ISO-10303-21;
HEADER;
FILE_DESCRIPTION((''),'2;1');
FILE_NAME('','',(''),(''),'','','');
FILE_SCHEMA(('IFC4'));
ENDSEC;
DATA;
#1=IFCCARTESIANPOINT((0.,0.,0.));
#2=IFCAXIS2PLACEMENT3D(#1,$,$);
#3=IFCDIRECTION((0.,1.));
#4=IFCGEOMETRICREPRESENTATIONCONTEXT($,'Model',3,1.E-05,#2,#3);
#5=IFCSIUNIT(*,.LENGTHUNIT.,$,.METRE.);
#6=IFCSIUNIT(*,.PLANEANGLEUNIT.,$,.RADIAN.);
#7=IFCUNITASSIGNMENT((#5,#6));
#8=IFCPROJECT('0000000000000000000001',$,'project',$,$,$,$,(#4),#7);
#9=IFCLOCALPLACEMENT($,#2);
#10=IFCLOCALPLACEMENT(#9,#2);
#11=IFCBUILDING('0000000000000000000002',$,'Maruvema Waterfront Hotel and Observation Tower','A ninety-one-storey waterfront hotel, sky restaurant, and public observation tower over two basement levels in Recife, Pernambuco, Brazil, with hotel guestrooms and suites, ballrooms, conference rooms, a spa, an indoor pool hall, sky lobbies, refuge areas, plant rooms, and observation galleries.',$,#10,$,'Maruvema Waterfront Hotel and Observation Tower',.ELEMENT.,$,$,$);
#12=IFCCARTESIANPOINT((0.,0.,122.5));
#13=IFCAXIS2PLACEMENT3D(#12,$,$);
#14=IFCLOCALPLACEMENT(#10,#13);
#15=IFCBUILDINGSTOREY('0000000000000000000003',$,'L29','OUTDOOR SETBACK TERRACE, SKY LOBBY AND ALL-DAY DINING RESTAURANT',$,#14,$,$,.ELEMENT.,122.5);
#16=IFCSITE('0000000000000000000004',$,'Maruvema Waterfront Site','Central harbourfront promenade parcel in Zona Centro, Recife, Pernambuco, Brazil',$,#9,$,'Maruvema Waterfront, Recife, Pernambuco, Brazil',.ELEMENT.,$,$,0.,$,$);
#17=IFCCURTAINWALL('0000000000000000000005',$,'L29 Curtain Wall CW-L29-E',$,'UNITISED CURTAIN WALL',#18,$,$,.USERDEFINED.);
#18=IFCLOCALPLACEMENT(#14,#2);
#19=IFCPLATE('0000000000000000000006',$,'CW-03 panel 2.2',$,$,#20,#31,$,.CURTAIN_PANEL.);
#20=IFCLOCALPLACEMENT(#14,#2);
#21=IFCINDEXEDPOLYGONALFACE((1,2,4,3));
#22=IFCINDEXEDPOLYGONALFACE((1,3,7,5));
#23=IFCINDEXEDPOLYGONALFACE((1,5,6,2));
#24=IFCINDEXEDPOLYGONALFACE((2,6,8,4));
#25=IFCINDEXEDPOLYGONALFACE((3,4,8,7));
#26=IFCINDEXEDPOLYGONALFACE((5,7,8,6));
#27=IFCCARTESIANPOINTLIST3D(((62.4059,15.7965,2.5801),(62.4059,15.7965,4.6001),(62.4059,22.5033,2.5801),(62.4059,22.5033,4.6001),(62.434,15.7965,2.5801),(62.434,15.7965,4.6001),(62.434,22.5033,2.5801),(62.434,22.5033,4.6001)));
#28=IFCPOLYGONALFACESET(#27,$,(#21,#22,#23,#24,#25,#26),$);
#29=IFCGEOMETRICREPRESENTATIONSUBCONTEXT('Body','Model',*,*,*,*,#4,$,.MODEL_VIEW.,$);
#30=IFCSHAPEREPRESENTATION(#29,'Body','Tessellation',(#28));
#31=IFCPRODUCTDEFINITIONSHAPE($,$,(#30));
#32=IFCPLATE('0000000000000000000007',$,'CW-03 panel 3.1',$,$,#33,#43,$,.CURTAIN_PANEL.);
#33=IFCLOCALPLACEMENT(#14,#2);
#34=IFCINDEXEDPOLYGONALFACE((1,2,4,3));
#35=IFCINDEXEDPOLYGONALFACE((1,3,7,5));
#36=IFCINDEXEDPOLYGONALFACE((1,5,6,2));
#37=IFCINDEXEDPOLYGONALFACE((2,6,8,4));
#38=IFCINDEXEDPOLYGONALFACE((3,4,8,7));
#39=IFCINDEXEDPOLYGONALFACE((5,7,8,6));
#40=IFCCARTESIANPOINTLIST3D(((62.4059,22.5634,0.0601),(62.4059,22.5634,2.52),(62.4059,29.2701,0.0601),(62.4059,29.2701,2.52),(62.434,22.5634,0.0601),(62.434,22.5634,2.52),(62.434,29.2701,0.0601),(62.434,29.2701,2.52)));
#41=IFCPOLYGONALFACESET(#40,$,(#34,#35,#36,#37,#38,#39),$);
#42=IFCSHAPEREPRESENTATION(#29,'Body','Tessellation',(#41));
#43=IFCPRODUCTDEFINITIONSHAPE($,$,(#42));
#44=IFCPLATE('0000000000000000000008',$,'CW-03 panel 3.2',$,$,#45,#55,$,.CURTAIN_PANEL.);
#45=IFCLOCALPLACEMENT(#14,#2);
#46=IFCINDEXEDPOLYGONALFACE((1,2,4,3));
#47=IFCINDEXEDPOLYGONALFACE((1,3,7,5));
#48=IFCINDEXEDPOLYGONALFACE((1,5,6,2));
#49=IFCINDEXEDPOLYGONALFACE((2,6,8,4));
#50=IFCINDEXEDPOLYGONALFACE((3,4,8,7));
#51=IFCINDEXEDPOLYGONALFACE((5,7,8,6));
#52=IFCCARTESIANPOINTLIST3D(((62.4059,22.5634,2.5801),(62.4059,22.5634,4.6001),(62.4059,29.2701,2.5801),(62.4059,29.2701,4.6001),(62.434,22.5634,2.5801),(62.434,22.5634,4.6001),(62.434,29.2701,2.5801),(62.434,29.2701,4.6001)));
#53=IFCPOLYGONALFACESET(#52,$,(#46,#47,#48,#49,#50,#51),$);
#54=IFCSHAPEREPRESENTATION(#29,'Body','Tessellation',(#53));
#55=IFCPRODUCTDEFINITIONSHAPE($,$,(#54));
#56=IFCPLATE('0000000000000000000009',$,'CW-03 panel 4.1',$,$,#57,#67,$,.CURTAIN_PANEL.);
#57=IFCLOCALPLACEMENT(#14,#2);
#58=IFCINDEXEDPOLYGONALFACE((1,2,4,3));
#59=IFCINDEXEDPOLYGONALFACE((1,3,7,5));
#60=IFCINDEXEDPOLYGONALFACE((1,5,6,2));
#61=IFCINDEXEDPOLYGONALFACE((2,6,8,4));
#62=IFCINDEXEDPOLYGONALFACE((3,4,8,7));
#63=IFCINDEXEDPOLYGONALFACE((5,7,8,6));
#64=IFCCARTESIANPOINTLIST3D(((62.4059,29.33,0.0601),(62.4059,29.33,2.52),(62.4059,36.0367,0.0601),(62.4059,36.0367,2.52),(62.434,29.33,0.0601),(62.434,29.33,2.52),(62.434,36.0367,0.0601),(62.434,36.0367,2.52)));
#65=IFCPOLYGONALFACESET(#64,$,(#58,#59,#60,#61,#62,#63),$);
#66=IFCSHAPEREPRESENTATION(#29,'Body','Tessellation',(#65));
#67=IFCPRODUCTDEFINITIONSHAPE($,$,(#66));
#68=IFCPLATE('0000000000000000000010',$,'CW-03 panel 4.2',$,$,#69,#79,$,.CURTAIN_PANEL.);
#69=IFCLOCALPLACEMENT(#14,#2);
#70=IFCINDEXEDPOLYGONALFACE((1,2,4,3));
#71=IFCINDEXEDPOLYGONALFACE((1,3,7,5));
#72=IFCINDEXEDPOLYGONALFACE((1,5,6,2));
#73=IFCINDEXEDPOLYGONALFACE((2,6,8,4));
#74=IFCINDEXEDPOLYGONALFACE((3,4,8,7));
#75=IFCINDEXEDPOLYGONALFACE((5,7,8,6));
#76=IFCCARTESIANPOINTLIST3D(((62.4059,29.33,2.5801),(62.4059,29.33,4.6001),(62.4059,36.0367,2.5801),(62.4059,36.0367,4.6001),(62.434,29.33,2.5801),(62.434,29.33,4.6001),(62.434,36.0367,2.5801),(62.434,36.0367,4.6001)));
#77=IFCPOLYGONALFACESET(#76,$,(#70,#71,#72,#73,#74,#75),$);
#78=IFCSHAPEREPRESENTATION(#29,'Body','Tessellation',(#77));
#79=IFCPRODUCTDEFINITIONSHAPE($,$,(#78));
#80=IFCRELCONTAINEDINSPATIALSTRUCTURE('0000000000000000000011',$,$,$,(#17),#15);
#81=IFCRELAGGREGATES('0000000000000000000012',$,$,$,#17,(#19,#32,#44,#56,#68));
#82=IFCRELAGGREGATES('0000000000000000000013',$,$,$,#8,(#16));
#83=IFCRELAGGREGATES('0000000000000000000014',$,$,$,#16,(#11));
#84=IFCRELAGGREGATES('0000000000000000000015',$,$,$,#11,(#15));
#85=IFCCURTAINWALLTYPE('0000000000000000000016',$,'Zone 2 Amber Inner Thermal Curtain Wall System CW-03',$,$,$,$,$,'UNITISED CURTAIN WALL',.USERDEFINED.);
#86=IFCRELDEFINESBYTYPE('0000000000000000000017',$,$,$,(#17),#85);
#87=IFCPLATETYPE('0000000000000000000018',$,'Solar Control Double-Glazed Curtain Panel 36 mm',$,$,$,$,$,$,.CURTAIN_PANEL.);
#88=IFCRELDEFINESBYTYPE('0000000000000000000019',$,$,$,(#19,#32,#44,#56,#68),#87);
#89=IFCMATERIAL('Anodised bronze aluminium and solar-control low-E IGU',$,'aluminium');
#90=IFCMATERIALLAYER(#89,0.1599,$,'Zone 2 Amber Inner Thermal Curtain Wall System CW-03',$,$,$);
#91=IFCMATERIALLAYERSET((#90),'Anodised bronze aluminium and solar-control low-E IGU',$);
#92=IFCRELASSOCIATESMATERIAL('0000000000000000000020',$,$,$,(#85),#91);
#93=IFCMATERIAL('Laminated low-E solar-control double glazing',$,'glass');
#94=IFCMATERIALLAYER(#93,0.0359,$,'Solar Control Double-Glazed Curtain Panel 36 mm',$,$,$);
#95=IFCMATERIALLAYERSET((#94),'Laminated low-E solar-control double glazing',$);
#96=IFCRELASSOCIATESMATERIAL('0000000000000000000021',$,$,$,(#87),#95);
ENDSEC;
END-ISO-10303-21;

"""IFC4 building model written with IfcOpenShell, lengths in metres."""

from ifc_helpers import new_model, si_unit, direction, frame, origin, origin_2d, place, context, subcontext, project, spatial, rectangle, extrude, material, layer, layer_set, type_object, element, aggregate, save


model = new_model("IFC4")

# Units and contexts
model_context = context("Model", 3, precision=1e-05, world=origin(), true_north=direction((0.0, 1.0)))
body_context = subcontext(model_context, "Body", "Model", "MODEL_VIEW")
ifc_project = project(units=[si_unit("LENGTHUNIT", "METRE"), si_unit("PLANEANGLEUNIT", "RADIAN")], contexts=[model_context])

# Site, building, storey
site_placement = place(None, origin())
site = spatial("IfcSite", under=ifc_project, at=site_placement, Name="Maruvema Waterfront Site", Description="Central harbourfront promenade parcel in Zona Centro, Recife, Pernambuco, Brazil", LongName="Maruvema Waterfront, Recife, Pernambuco, Brazil", CompositionType="ELEMENT", RefElevation=0.0)
building_placement = place(site_placement, origin())
building = spatial("IfcBuilding", under=site, at=building_placement, Name="Maruvema Waterfront Hotel and Observation Tower", Description="A ninety-one-storey waterfront hotel, sky restaurant, and public observation tower over two basement levels in Recife, Pernambuco, Brazil, with hotel guestrooms and suites, ballrooms, conference rooms, a spa, an indoor pool hall, sky lobbies, refuge areas, plant rooms, and observation galleries.", LongName="Maruvema Waterfront Hotel and Observation Tower", CompositionType="ELEMENT")
storey_placement = place(building_placement, frame((0.0, 0.0, 122.5)))
storey = spatial("IfcBuildingStorey", under=building, at=storey_placement, Name="L29", Description="OUTDOOR SETBACK TERRACE, SKY LOBBY AND ALL-DAY DINING RESTAURANT", CompositionType="ELEMENT", Elevation=122.5)

# Curtain wall
ifc_material_1 = material(Name="Anodised bronze aluminium and solar-control low-E IGU", Category="aluminium")
ifc_layer_1 = layer(ifc_material_1, 0.1599, Name="Zone 2 Amber Inner Thermal Curtain Wall System CW-03")
ifc_layer_set_1 = layer_set([ifc_layer_1], Name="Anodised bronze aluminium and solar-control low-E IGU")
curtain_wall_type = type_object("IfcCurtainWallType", Name="Zone 2 Amber Inner Thermal Curtain Wall System CW-03", ElementType="UNITISED CURTAIN WALL", PredefinedType="USERDEFINED", material=ifc_layer_set_1)
curtain_wall_placement = place(storey_placement, origin())
curtain_wall = element("IfcCurtainWall", 1, at=curtain_wall_placement, inside=storey, type_object=curtain_wall_type, Name="L29 Curtain Wall CW-L29-E", ObjectType="UNITISED CURTAIN WALL", PredefinedType="USERDEFINED")

# Plates
ifc_material_2 = material(Name="Laminated low-E solar-control double glazing", Category="glass")
ifc_layer_2 = layer(ifc_material_2, 0.0359, Name="Solar Control Double-Glazed Curtain Panel 36 mm")
ifc_layer_set_2 = layer_set([ifc_layer_2], Name="Laminated low-E solar-control double glazing")
plate_type = type_object("IfcPlateType", Name="Solar Control Double-Glazed Curtain Panel 36 mm", PredefinedType="CURTAIN_PANEL", material=ifc_layer_set_2)
plate_1_placement = place(storey_placement, frame((62.4199, 19.1499, 2.5801), z_axis=(0.0, 0.0, 1.0), x_axis=(0.0, 1.0, 0.0)))
plate_1 = element("IfcPlate", 2, at=plate_1_placement, type_object=plate_type, Name="CW-03 panel 2.2", PredefinedType="CURTAIN_PANEL", context=body_context, shape_type="SweptSolid", body=[
    extrude(rectangle(XDim=6.7068, YDim=0.0281, at=origin_2d()), origin(), (0.0, 0.0, 1.0), 2.02),
])
plate_2_placement = place(storey_placement, frame((62.4199, 25.9167, 0.0601), z_axis=(0.0, 0.0, 1.0), x_axis=(0.0, 1.0, 0.0)))
plate_2 = element("IfcPlate", 3, at=plate_2_placement, type_object=plate_type, Name="CW-03 panel 3.1", PredefinedType="CURTAIN_PANEL", context=body_context, shape_type="SweptSolid", body=[
    extrude(rectangle(XDim=6.7068, YDim=0.0281, at=origin_2d()), origin(), (0.0, 0.0, 1.0), 2.46),
])
plate_3_placement = place(storey_placement, frame((62.4199, 25.9167, 2.5801), z_axis=(0.0, 0.0, 1.0), x_axis=(0.0, 1.0, 0.0)))
plate_3 = element("IfcPlate", 4, at=plate_3_placement, type_object=plate_type, Name="CW-03 panel 3.2", PredefinedType="CURTAIN_PANEL", context=body_context, shape_type="SweptSolid", body=[
    extrude(rectangle(XDim=6.7068, YDim=0.0281, at=origin_2d()), origin(), (0.0, 0.0, 1.0), 2.02),
])
plate_4_placement = place(storey_placement, frame((62.4199, 32.6833, 0.0601), z_axis=(0.0, 0.0, 1.0), x_axis=(0.0, 1.0, 0.0)))
plate_4 = element("IfcPlate", 5, at=plate_4_placement, type_object=plate_type, Name="CW-03 panel 4.1", PredefinedType="CURTAIN_PANEL", context=body_context, shape_type="SweptSolid", body=[
    extrude(rectangle(XDim=6.7068, YDim=0.0281, at=origin_2d()), origin(), (0.0, 0.0, 1.0), 2.46),
])
plate_5_placement = place(storey_placement, frame((62.4199, 32.6833, 2.5801), z_axis=(0.0, 0.0, 1.0), x_axis=(0.0, 1.0, 0.0)))
plate_5 = element("IfcPlate", 6, at=plate_5_placement, type_object=plate_type, Name="CW-03 panel 4.2", PredefinedType="CURTAIN_PANEL", context=body_context, shape_type="SweptSolid", body=[
    extrude(rectangle(XDim=6.7068, YDim=0.0281, at=origin_2d()), origin(), (0.0, 0.0, 1.0), 2.02),
])
aggregate(curtain_wall, [plate_1, plate_2, plate_3, plate_4, plate_5])

save(model, "model.ifc")
